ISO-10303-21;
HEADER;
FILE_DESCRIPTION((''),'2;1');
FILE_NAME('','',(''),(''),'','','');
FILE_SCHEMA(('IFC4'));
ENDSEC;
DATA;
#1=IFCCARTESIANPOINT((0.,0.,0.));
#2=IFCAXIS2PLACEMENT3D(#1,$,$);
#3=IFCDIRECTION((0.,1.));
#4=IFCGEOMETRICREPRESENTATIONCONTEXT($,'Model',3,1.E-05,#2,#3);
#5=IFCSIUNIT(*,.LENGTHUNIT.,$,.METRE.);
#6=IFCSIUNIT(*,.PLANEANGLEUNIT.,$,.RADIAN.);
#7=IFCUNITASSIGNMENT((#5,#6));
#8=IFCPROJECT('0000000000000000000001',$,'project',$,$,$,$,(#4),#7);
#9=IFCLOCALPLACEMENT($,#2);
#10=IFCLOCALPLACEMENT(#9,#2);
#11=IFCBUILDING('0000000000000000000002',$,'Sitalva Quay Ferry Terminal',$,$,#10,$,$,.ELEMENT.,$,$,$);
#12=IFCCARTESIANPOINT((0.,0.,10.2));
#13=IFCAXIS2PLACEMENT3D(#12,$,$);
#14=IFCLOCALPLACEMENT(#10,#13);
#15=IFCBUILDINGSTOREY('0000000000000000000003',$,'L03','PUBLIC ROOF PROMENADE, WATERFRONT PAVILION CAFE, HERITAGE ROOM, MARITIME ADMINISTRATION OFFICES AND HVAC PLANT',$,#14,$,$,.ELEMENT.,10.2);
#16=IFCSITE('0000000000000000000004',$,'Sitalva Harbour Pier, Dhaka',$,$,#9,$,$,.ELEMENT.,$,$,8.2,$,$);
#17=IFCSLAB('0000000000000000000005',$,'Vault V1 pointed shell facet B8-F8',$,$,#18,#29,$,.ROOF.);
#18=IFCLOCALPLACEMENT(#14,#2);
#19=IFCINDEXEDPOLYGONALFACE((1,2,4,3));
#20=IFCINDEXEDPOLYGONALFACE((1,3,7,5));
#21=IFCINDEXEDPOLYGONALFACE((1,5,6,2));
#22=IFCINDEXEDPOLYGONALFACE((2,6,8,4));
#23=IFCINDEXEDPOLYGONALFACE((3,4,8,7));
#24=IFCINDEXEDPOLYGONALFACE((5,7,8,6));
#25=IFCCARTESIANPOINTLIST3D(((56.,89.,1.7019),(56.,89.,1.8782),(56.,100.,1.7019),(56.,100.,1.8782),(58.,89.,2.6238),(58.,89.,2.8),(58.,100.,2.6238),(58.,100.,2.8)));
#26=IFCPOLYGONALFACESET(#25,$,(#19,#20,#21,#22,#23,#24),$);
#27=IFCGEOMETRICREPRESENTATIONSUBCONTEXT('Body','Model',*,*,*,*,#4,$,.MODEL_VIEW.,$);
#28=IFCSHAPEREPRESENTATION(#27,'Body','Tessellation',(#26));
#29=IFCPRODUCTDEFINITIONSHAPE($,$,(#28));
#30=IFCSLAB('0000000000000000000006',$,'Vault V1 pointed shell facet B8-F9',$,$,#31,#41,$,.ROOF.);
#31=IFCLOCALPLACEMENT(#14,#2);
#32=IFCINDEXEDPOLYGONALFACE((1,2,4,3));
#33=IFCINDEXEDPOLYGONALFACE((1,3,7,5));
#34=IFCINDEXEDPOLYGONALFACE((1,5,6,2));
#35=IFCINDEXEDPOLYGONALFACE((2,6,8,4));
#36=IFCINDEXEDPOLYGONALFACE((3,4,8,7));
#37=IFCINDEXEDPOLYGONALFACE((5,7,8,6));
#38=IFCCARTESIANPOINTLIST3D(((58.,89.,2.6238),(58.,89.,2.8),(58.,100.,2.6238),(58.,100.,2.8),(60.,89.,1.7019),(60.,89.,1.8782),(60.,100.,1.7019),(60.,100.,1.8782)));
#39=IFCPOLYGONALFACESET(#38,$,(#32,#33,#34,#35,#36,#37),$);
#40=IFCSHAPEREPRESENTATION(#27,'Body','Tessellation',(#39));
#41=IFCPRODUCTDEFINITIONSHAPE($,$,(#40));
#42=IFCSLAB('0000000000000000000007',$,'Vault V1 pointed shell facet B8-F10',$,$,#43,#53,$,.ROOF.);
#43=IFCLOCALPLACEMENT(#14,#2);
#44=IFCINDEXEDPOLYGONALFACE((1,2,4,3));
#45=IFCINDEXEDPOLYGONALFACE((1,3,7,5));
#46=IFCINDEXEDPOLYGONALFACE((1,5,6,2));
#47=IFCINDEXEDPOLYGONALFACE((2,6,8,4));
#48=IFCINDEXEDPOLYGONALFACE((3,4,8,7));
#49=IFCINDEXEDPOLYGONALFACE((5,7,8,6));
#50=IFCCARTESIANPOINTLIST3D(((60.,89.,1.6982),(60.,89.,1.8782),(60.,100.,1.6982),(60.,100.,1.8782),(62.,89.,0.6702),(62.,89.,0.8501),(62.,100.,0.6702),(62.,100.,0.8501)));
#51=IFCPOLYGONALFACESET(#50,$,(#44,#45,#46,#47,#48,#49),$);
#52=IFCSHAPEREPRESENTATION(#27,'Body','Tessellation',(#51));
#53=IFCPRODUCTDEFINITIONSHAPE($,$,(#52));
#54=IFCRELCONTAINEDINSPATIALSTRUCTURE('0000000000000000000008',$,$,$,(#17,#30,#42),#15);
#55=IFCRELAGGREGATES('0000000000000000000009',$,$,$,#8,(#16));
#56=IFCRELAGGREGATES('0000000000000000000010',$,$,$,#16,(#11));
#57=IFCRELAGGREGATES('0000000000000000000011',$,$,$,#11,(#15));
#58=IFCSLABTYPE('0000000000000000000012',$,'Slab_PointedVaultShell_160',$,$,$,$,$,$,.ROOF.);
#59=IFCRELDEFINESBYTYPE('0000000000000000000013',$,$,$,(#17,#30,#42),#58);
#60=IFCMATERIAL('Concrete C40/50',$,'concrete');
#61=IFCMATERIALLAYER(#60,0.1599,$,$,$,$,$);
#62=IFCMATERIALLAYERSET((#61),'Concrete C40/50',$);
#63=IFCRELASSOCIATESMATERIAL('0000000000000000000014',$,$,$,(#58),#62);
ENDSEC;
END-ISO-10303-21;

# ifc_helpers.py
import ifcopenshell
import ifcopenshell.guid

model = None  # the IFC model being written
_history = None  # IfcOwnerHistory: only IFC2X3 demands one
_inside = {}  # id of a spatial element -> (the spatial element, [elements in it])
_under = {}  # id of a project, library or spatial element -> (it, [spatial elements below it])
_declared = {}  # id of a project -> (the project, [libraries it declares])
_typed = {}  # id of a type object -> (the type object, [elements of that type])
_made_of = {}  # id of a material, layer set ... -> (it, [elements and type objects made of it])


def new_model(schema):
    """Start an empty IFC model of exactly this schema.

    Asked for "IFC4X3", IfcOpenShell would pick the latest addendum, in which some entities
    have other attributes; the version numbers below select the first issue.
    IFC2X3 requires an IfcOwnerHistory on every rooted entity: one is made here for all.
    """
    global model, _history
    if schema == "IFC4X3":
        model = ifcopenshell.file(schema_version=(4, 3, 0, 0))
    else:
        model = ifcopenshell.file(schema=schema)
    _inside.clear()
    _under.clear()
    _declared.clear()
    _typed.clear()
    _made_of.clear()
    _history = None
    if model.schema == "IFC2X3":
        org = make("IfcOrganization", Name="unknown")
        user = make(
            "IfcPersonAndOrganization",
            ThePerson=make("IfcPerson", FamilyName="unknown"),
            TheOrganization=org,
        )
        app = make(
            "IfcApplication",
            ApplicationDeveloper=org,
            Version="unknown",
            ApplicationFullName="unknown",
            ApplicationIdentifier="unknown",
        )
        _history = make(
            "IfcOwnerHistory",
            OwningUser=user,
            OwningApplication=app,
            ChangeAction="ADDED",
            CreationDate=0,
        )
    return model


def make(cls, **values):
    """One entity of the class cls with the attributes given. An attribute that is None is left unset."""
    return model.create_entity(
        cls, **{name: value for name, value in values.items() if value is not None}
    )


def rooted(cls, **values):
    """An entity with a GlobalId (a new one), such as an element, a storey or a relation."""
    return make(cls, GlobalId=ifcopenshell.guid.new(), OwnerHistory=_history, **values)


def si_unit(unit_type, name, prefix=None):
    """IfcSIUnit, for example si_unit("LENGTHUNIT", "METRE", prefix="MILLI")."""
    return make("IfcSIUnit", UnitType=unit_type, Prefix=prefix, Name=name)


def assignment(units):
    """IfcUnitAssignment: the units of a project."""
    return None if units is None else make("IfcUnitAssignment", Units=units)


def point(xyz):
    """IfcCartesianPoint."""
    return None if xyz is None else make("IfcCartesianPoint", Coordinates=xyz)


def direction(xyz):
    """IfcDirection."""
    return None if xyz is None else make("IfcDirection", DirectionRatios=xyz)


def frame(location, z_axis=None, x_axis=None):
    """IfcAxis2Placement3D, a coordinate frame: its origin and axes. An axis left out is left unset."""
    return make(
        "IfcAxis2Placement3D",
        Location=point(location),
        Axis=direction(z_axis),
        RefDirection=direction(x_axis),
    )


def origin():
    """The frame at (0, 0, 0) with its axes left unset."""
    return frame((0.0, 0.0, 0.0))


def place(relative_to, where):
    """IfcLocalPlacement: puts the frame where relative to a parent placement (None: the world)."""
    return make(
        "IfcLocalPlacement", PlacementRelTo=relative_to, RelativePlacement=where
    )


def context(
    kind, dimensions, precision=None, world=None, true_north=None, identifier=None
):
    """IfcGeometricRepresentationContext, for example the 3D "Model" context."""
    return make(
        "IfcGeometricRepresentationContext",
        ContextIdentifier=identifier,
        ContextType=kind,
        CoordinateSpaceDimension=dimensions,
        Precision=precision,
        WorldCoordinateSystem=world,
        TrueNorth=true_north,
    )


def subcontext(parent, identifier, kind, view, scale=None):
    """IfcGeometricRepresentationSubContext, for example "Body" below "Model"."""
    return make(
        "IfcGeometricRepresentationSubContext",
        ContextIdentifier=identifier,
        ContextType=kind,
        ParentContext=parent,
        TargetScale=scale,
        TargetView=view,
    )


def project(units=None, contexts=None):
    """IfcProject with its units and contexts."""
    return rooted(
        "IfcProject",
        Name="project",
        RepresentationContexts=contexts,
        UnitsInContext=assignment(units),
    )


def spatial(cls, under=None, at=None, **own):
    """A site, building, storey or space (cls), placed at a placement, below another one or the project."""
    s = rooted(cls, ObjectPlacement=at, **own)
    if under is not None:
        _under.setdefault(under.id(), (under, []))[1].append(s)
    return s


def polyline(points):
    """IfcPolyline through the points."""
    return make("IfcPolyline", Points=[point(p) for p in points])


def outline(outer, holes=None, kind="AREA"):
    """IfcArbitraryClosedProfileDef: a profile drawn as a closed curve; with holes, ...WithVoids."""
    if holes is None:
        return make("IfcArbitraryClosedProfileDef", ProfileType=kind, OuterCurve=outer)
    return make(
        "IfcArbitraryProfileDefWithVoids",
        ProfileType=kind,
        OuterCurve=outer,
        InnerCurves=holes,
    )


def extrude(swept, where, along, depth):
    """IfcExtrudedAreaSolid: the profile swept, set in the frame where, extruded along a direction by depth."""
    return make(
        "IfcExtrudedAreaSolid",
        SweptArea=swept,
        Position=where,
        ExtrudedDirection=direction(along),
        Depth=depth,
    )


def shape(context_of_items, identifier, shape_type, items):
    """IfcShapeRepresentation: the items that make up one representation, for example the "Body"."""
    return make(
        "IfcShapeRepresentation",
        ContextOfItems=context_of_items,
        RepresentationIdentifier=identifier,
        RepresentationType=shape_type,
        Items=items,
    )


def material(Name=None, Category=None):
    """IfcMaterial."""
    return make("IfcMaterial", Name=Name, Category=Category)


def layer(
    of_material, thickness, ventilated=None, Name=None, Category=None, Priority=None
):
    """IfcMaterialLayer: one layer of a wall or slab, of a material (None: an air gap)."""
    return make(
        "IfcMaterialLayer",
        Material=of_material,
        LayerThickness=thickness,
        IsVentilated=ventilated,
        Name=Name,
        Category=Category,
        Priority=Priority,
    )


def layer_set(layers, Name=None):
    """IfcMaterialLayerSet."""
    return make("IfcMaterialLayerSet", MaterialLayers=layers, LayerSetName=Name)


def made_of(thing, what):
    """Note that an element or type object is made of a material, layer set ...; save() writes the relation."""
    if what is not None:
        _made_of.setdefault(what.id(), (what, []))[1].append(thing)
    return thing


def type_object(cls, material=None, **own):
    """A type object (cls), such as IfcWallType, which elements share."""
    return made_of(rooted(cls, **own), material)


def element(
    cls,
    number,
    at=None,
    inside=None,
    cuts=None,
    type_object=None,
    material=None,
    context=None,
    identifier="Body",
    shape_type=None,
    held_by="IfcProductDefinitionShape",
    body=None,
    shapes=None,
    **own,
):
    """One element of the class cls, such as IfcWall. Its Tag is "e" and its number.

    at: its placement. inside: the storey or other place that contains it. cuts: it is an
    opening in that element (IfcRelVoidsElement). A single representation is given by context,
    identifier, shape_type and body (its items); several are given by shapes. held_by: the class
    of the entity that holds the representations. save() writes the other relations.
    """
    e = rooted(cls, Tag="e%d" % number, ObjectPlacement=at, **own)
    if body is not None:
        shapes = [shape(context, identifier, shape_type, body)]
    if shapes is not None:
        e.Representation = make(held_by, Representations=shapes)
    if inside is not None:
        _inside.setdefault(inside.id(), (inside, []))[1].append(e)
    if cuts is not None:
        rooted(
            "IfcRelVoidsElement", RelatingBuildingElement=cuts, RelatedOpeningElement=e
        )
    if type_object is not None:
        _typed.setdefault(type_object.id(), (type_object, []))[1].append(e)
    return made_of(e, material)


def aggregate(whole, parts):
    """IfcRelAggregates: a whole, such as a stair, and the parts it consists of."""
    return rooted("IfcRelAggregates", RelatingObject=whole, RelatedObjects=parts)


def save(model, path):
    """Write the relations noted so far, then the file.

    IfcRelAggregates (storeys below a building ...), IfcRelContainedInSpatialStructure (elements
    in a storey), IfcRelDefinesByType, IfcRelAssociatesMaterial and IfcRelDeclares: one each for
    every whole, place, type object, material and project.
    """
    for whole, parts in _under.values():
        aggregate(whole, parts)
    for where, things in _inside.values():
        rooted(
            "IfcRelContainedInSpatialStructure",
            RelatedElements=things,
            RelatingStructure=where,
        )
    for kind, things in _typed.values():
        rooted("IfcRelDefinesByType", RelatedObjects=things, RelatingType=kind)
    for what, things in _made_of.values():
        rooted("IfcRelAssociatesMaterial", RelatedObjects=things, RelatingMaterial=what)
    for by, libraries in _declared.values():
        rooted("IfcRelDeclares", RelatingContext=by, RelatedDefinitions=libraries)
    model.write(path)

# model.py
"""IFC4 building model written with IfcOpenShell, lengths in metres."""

from ifc_helpers import new_model, si_unit, direction, frame, origin, place, context, subcontext, project, spatial, polyline, outline, extrude, material, layer, layer_set, type_object, element, save


model = new_model("IFC4")

# Units and contexts
model_context = context("Model", 3, precision=1e-05, world=origin(), true_north=direction((0.0, 1.0)))
body_context = subcontext(model_context, "Body", "Model", "MODEL_VIEW")
ifc_project = project(units=[si_unit("LENGTHUNIT", "METRE"), si_unit("PLANEANGLEUNIT", "RADIAN")], contexts=[model_context])

# Site, building, storey
site_placement = place(None, origin())
site = spatial("IfcSite", under=ifc_project, at=site_placement, Name="Sitalva Harbour Pier, Dhaka", CompositionType="ELEMENT", RefElevation=8.2)
building_placement = place(site_placement, origin())
building = spatial("IfcBuilding", under=site, at=building_placement, Name="Sitalva Quay Ferry Terminal", CompositionType="ELEMENT")
storey_placement = place(building_placement, frame((0.0, 0.0, 10.2)))
storey = spatial("IfcBuildingStorey", under=building, at=storey_placement, Name="L03", Description="PUBLIC ROOF PROMENADE, WATERFRONT PAVILION CAFE, HERITAGE ROOM, MARITIME ADMINISTRATION OFFICES AND HVAC PLANT", CompositionType="ELEMENT", Elevation=10.2)

# Slabs
ifc_material_1 = material(Name="Concrete C40/50", Category="concrete")
ifc_layer_1 = layer(ifc_material_1, 0.1599)
ifc_layer_set_1 = layer_set([ifc_layer_1], Name="Concrete C40/50")
slab_type = type_object("IfcSlabType", Name="Slab_PointedVaultShell_160", PredefinedType="ROOF", material=ifc_layer_set_1)
slab_1_placement = place(storey_placement, frame((56.0, 89.0, 1.8782), z_axis=(-0.418608, 0.0, 0.908167), x_axis=(0.908167, 0.0, 0.418608)))
element("IfcSlab", 1, at=slab_1_placement, inside=storey, type_object=slab_type, Name="Vault V1 pointed shell facet B8-F8", PredefinedType="ROOF", context=body_context, shape_type="SweptSolid", body=[
    extrude(outline(polyline([(0.0, 0.0), (2.2022, 0.0), (2.2022, 11.0), (0.0, 11.0), (0.0, 0.0)])), origin(), (-0.418608, 0.0, -0.908167), 0.1763),
])
slab_2_placement = place(storey_placement, frame((58.0, 89.0, 2.8), z_axis=(0.418608, 0.0, 0.908167), x_axis=(0.908167, 0.0, -0.418608)))
element("IfcSlab", 2, at=slab_2_placement, inside=storey, type_object=slab_type, Name="Vault V1 pointed shell facet B8-F9", PredefinedType="ROOF", context=body_context, shape_type="SweptSolid", body=[
    extrude(outline(polyline([(0.0, 0.0), (2.2022, 0.0), (2.2022, 11.0), (0.0, 11.0), (0.0, 0.0)])), origin(), (0.418608, 0.0, -0.908167), 0.1763),
])
slab_3_placement = place(storey_placement, frame((60.0, 89.0, 1.8782), z_axis=(0.457174, 0.0, 0.889377), x_axis=(0.889377, 0.0, -0.457174)))
element("IfcSlab", 3, at=slab_3_placement, inside=storey, type_object=slab_type, Name="Vault V1 pointed shell facet B8-F10", PredefinedType="ROOF", context=body_context, shape_type="SweptSolid", body=[
    extrude(outline(polyline([(0.0, 0.0), (2.2488, 0.0), (2.2488, 11.0), (0.0, 11.0), (0.0, 0.0)])), origin(), (0.457174, 0.0, -0.889377), 0.1799),
])

save(model, "model.ifc")
